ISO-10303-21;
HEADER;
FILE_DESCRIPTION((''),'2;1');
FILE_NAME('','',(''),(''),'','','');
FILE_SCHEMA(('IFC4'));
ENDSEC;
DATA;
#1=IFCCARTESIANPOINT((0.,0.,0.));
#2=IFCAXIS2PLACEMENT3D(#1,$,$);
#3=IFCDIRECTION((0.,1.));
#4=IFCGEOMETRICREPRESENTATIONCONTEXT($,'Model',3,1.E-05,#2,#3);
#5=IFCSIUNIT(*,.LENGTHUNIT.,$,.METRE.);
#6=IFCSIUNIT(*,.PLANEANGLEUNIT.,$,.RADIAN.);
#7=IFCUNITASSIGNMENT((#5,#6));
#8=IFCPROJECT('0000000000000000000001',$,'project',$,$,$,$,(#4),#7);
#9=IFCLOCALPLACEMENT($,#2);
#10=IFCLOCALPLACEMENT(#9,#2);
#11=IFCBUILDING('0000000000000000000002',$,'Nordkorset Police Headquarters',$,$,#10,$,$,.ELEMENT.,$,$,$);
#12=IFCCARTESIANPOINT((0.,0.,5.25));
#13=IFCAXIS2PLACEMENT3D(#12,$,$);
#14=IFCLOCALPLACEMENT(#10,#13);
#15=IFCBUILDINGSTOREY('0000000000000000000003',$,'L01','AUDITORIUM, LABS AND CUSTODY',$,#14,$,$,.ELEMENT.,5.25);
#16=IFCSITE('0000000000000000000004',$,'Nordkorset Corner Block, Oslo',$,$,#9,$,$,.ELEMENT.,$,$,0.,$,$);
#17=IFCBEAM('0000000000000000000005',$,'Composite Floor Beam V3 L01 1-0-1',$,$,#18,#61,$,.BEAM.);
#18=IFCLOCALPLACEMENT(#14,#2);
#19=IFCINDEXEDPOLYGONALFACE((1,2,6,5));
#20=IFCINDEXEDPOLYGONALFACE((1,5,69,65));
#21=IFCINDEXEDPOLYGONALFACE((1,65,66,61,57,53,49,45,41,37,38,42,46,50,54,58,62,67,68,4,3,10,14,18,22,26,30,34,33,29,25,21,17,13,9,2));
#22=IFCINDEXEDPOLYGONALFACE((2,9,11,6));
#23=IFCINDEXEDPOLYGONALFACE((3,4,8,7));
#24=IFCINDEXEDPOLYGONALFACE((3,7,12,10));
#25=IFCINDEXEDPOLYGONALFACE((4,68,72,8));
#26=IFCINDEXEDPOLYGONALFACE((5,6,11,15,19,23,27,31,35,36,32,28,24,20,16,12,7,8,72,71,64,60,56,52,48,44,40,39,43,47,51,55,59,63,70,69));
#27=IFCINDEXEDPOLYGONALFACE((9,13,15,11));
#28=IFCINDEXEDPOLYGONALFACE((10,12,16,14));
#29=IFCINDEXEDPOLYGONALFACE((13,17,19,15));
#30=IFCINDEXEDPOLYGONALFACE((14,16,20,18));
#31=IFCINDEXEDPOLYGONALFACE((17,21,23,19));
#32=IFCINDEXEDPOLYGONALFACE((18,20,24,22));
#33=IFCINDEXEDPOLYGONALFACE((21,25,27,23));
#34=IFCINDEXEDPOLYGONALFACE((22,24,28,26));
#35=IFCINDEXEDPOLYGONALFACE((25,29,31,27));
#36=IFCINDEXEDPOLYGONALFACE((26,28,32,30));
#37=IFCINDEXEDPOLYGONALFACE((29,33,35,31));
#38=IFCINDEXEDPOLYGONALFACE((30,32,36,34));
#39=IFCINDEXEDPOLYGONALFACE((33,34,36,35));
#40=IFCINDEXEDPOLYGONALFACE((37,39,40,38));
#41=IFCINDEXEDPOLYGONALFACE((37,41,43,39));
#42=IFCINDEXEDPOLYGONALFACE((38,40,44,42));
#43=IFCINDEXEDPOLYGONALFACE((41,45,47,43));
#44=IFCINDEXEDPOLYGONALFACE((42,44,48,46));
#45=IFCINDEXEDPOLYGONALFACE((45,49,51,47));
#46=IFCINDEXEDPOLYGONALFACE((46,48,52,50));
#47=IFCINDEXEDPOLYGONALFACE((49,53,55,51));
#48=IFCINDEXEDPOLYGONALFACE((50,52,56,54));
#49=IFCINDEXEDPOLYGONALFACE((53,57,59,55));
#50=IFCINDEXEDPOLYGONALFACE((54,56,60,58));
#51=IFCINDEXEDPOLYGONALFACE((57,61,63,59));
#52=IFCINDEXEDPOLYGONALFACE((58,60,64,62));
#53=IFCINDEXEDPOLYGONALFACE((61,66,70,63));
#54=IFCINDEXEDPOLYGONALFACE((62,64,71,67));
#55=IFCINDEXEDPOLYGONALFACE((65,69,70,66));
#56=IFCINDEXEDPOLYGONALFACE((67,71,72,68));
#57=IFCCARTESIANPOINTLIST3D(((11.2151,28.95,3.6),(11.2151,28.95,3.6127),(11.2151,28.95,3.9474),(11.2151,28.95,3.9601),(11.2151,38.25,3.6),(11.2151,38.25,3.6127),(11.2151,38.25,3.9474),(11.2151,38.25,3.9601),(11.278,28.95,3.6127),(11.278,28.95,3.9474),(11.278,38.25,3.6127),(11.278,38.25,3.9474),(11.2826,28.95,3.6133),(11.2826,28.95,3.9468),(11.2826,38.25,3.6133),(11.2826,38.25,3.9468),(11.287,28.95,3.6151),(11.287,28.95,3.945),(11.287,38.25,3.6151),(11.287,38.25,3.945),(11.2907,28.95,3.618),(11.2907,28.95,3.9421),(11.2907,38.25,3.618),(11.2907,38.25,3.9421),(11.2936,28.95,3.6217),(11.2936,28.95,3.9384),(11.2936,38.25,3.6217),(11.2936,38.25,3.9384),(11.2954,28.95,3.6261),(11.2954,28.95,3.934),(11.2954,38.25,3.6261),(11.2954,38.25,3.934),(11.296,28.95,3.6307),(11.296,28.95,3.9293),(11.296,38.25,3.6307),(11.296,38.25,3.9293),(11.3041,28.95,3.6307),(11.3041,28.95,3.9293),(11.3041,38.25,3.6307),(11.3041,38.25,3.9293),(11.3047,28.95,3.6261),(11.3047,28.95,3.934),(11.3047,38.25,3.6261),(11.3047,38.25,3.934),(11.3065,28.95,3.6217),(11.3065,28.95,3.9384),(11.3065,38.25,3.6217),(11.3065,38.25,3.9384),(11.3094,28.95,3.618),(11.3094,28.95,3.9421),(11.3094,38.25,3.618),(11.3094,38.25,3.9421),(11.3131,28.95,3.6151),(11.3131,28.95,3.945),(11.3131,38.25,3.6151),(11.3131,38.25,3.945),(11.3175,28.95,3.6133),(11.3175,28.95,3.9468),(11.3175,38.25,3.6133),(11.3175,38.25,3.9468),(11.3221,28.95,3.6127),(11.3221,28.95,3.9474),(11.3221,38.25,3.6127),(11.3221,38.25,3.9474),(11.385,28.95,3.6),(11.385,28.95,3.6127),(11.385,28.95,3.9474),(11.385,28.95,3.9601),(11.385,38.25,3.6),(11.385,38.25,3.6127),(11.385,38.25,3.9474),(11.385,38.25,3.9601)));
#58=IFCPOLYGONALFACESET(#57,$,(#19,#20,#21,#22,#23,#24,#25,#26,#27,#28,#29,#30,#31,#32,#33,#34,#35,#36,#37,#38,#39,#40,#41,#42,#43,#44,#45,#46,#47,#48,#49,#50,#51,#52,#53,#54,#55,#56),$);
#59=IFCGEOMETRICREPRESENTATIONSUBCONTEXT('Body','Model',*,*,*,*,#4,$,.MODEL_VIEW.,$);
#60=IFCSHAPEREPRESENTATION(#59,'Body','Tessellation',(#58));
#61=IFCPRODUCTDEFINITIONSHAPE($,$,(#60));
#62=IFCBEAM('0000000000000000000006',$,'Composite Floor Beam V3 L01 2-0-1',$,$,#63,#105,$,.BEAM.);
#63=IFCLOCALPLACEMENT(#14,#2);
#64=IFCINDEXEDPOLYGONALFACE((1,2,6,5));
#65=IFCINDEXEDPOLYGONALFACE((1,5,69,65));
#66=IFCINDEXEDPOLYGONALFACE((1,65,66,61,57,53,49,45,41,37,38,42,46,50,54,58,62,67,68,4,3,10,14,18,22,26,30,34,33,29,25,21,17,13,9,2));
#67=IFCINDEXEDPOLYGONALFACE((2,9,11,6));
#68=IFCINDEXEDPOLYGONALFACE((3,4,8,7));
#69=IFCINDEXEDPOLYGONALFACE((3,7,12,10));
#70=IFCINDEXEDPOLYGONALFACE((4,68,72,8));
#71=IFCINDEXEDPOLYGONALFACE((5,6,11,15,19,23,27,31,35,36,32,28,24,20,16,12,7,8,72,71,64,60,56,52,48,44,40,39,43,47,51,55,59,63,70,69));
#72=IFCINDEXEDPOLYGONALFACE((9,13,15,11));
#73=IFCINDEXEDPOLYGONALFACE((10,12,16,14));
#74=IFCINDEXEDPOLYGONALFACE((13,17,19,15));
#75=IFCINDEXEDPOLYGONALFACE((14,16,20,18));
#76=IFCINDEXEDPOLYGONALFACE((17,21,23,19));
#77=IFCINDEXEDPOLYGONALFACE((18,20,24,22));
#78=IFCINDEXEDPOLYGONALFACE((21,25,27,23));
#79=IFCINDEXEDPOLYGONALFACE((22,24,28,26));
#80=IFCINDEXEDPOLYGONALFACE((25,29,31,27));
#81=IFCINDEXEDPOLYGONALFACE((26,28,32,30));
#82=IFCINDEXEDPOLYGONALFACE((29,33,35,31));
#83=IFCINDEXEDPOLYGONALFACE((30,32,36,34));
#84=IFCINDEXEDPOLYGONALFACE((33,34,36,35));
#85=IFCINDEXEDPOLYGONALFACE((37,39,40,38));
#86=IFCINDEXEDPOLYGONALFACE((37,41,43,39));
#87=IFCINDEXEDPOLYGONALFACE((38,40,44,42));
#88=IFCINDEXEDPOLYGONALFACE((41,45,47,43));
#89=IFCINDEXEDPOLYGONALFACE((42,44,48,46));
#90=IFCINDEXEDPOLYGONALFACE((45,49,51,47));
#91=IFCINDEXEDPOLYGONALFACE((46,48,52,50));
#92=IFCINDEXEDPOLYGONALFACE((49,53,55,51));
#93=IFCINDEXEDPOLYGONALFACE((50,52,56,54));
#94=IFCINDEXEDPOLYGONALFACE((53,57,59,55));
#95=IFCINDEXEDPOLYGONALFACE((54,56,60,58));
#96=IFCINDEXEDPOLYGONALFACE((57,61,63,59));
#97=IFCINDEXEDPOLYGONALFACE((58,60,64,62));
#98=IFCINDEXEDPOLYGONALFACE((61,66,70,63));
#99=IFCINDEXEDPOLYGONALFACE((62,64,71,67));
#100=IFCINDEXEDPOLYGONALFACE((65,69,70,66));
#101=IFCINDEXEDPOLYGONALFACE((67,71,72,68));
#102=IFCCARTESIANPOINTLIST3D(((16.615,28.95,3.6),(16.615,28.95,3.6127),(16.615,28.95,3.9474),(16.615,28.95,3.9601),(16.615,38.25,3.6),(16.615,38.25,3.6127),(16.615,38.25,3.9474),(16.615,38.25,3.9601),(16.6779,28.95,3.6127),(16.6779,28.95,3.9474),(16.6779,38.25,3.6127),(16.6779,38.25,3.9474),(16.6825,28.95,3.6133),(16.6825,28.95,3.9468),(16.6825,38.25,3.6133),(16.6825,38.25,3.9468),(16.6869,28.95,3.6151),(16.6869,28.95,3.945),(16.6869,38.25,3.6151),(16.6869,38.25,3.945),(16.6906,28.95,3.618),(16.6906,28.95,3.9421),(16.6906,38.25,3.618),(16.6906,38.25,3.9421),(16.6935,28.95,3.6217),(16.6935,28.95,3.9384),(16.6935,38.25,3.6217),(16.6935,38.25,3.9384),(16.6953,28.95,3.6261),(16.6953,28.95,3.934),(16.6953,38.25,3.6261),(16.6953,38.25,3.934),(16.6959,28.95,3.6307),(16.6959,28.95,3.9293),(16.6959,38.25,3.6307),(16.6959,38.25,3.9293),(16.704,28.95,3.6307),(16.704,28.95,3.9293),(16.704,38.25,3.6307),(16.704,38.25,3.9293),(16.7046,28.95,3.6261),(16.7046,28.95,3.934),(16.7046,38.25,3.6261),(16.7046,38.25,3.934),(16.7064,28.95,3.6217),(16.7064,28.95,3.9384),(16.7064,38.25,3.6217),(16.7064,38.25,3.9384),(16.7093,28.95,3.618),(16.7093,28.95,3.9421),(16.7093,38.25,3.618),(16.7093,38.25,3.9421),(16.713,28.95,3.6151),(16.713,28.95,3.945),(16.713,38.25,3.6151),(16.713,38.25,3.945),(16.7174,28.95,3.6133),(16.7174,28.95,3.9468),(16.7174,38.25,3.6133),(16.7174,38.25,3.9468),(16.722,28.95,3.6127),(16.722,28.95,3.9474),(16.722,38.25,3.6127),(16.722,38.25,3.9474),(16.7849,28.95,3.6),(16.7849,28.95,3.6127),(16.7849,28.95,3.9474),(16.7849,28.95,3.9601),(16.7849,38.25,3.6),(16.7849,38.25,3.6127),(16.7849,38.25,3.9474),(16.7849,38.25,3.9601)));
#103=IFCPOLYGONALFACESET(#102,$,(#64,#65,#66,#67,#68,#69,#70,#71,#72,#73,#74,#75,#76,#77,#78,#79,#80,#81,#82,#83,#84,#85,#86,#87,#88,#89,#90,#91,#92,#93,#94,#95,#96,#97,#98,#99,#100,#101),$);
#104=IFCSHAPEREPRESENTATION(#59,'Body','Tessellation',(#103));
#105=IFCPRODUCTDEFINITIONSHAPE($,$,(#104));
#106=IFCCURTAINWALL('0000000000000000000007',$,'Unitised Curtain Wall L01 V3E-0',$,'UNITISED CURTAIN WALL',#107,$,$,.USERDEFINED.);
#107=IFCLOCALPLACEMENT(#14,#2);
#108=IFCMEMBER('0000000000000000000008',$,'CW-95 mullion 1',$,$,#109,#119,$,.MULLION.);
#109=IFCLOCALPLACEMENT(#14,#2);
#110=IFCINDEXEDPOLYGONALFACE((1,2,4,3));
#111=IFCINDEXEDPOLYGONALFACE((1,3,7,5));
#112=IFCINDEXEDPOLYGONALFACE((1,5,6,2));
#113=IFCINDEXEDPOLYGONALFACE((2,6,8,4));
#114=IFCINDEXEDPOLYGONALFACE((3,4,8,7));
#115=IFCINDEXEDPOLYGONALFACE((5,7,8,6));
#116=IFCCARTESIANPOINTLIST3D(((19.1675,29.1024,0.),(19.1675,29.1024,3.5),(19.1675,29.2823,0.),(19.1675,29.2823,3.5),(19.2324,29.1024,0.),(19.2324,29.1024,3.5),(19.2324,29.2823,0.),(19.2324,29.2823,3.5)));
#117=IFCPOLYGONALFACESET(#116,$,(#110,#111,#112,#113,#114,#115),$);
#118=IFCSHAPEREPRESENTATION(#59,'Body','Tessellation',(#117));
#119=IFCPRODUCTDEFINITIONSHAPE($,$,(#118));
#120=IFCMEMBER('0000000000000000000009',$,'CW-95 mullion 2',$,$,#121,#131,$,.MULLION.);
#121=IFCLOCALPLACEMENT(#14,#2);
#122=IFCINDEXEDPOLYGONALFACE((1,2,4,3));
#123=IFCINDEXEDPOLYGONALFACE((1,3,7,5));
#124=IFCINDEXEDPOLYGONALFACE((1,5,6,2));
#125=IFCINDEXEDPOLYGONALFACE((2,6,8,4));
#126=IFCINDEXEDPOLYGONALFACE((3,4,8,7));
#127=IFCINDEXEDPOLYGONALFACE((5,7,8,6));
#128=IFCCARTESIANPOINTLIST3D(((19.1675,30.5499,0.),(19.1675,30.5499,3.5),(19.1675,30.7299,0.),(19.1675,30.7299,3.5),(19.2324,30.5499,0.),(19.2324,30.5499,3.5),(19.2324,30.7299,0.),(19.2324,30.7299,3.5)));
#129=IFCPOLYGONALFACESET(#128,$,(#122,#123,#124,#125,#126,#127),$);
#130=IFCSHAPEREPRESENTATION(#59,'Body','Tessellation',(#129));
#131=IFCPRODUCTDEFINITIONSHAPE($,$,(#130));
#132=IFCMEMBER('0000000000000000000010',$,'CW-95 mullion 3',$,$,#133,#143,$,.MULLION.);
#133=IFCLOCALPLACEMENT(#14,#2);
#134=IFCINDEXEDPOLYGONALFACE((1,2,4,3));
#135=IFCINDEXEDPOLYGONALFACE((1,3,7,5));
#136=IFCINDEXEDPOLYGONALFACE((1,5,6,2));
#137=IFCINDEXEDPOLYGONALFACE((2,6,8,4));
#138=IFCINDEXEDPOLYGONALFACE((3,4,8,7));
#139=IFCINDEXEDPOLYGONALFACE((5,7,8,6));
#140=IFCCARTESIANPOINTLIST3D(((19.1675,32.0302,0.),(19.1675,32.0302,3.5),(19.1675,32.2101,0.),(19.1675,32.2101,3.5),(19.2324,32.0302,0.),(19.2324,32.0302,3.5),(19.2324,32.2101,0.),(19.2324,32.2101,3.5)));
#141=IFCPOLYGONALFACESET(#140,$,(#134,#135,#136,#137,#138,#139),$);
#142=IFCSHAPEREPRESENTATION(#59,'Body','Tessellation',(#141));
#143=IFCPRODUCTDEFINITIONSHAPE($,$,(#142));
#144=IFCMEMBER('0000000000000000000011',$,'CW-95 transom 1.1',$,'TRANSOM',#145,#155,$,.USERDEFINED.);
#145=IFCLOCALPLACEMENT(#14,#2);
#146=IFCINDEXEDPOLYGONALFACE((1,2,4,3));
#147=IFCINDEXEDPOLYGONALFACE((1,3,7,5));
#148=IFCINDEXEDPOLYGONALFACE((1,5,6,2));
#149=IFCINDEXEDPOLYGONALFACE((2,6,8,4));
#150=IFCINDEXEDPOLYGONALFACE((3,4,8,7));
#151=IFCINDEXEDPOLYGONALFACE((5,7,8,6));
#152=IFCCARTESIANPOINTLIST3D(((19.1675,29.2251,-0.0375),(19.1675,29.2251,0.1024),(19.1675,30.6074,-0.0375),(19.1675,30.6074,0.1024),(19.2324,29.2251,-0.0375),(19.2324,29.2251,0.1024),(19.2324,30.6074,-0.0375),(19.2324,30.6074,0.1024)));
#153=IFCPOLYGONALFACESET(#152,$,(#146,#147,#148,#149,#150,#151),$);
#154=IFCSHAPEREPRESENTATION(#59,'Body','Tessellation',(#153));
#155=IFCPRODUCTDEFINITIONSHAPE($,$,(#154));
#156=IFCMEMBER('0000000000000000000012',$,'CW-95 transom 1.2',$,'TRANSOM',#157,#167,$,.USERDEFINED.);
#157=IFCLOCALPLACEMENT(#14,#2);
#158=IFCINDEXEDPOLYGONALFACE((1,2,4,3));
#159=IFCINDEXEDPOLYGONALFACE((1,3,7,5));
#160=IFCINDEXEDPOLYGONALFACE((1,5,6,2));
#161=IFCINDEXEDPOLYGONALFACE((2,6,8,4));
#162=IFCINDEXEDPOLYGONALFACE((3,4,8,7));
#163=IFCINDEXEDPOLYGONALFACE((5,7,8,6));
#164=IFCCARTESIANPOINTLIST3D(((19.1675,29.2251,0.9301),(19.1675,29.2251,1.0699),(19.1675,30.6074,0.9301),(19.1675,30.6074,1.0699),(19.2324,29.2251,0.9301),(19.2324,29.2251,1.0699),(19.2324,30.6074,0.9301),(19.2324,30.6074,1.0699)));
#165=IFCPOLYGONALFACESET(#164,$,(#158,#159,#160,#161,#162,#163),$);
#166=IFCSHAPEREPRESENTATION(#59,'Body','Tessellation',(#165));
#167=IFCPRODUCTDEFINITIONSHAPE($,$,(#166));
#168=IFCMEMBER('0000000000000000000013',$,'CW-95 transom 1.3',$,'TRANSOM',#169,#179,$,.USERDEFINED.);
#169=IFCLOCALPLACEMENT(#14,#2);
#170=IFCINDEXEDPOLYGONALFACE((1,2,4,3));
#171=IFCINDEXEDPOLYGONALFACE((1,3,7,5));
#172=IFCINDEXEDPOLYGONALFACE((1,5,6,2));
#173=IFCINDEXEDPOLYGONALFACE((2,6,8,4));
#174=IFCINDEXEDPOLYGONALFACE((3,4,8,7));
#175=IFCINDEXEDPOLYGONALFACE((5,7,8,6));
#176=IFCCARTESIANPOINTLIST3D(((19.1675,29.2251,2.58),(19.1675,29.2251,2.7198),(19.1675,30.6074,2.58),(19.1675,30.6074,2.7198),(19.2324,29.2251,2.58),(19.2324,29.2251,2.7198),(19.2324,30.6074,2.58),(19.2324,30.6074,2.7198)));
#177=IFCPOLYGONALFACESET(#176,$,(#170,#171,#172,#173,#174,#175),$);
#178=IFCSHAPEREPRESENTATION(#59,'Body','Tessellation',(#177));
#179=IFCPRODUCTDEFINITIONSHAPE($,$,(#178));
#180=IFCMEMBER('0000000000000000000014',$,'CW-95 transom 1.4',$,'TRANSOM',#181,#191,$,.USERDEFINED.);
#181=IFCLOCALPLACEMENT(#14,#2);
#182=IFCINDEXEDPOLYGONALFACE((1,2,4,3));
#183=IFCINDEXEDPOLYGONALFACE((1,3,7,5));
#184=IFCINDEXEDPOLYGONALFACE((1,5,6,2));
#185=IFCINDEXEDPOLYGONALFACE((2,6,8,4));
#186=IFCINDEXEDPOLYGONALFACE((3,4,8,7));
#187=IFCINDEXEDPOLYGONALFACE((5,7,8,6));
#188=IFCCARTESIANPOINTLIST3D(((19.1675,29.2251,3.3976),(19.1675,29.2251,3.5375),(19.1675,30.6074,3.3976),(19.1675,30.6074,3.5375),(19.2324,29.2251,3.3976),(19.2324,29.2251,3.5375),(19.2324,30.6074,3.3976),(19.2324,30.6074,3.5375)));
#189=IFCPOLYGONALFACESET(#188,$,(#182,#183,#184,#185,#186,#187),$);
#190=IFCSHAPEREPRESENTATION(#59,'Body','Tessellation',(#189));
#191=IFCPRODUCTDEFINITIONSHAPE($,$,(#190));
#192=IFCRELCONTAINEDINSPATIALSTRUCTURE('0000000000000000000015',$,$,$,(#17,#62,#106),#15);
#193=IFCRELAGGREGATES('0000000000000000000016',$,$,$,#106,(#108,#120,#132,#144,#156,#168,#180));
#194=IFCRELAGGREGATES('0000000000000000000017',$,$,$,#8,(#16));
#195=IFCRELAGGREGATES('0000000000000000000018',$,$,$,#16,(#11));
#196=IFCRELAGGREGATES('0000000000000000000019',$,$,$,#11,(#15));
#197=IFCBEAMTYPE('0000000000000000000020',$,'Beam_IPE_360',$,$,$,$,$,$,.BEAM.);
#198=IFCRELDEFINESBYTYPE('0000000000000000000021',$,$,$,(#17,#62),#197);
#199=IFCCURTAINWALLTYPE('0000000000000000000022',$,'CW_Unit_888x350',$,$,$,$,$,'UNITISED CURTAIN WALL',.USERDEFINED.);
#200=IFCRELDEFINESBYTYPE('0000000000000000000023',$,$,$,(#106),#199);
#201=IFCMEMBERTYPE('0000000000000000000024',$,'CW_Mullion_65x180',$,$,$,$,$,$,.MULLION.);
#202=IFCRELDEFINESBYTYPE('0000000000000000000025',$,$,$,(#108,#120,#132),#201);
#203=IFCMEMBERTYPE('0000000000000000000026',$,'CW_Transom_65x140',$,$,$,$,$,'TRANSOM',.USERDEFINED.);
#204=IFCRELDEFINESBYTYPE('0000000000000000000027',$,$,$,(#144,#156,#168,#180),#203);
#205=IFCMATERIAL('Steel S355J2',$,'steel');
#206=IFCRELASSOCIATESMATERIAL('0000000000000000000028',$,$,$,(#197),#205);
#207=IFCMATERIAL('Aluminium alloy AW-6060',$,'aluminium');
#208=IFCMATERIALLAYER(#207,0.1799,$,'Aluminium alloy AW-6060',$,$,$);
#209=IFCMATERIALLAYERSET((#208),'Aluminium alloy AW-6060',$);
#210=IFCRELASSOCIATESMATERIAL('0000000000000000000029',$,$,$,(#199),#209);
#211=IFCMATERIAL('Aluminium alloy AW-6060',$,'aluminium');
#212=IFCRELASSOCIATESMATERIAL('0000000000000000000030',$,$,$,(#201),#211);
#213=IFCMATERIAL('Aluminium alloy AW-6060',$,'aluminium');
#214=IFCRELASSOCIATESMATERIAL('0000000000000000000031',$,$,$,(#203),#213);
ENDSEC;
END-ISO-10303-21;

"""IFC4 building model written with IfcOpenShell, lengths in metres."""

from ifc_helpers import new_model, si_unit, direction, frame, origin, origin_2d, place, context, subcontext, project, spatial, rectangle, i_section, extrude, material, layer, layer_set, material_profile, profile_set, type_object, element, aggregate, save


model = new_model("IFC4")

# Units and contexts
model_context = context("Model", 3, precision=1e-05, world=origin(), true_north=direction((0.0, 1.0)))
body_context = subcontext(model_context, "Body", "Model", "MODEL_VIEW")
ifc_project = project(units=[si_unit("LENGTHUNIT", "METRE"), si_unit("PLANEANGLEUNIT", "RADIAN")], contexts=[model_context])

# Site, building, storey
site_placement = place(None, origin())
site = spatial("IfcSite", under=ifc_project, at=site_placement, Name="Nordkorset Corner Block, Oslo", CompositionType="ELEMENT", RefElevation=0.0)
building_placement = place(site_placement, origin())
building = spatial("IfcBuilding", under=site, at=building_placement, Name="Nordkorset Police Headquarters", CompositionType="ELEMENT")
storey_placement = place(building_placement, frame((0.0, 0.0, 5.25)))
storey = spatial("IfcBuildingStorey", under=building, at=storey_placement, Name="L01", Description="AUDITORIUM, LABS AND CUSTODY", CompositionType="ELEMENT", Elevation=5.25)

# Beams
ifc_material_1 = material(Name="Steel S355J2", Category="steel")
ifc_material_profile_1 = material_profile(ifc_material_1, i_section(OverallWidth=0.1699, OverallDepth=0.3601, WebThickness=0.0081, FlangeThickness=0.0127, FilletRadius=0.0181, at=origin_2d()), Name="IPE 360")
ifc_profile_set_1 = profile_set([ifc_material_profile_1], Name="Steel S355J2")
beam_type_1 = type_object("IfcBeamType", Name="Beam_IPE_360", PredefinedType="BEAM", material=ifc_profile_set_1)
for number, where, z_axis, x_axis, name in (
    (1, (11.3, 28.95, 3.78), (0.0, 1.0, 0.0), (-1.0, 0.0, 0.0), "Composite Floor Beam V3 L01 1-0-1"),
    (2, (16.7, 28.95, 3.78), (0.0, 1.0, 0.0), (-1.0, 0.0, 0.0), "Composite Floor Beam V3 L01 2-0-1"),
):
    element("IfcBeam", number, at=place(storey_placement, frame(where, z_axis=z_axis, x_axis=x_axis)), inside=storey, type_object=beam_type_1, Name=name, PredefinedType="BEAM", context=body_context, shape_type="SweptSolid", body=[
        extrude(i_section(OverallWidth=0.1699, OverallDepth=0.3601, WebThickness=0.0081, FlangeThickness=0.0127, FilletRadius=0.0181, at=origin_2d()), origin(), (0.0, 0.0, 1.0), 9.3),
    ])

# Curtain wall, members
ifc_material_2 = material(Name="Aluminium alloy AW-6060", Category="aluminium")
ifc_layer_1 = layer(ifc_material_2, 0.1799, Name="Aluminium alloy AW-6060")
ifc_layer_set_1 = layer_set([ifc_layer_1], Name="Aluminium alloy AW-6060")
curtain_wall_type = type_object("IfcCurtainWallType", Name="CW_Unit_888x350", ElementType="UNITISED CURTAIN WALL", PredefinedType="USERDEFINED", material=ifc_layer_set_1)
curtain_wall_placement = place(storey_placement, origin())
curtain_wall = element("IfcCurtainWall", 3, at=curtain_wall_placement, inside=storey, type_object=curtain_wall_type, Name="Unitised Curtain Wall L01 V3E-0", ObjectType="UNITISED CURTAIN WALL", PredefinedType="USERDEFINED")
ifc_material_3 = material(Name="Aluminium alloy AW-6060", Category="aluminium")
ifc_material_profile_2 = material_profile(ifc_material_3, rectangle(XDim=0.0649, YDim=0.1799, at=origin_2d()), Name="ALU MULL 65x180")
ifc_profile_set_2 = profile_set([ifc_material_profile_2], Name="Aluminium alloy AW-6060")
member_type_1 = type_object("IfcMemberType", Name="CW_Mullion_65x180", PredefinedType="MULLION", material=ifc_profile_set_2)
member_1_placement = place(storey_placement, frame((19.2, 29.1924, 0.0), z_axis=(0.0, 0.0, 1.0), x_axis=(-1.0, 0.0, 0.0)))
member_1 = element("IfcMember", 4, at=member_1_placement, type_object=member_type_1, Name="CW-95 mullion 1", PredefinedType="MULLION", context=body_context, shape_type="SweptSolid", body=[
    extrude(rectangle(XDim=0.0649, YDim=0.1799, at=origin_2d()), origin(), (0.0, 0.0, 1.0), 3.5),
])
member_2_placement = place(storey_placement, frame((19.2, 30.6399, 0.0), z_axis=(0.0, 0.0, 1.0), x_axis=(-1.0, 0.0, 0.0)))
member_2 = element("IfcMember", 5, at=member_2_placement, type_object=member_type_1, Name="CW-95 mullion 2", PredefinedType="MULLION", context=body_context, shape_type="SweptSolid", body=[
    extrude(rectangle(XDim=0.0649, YDim=0.1799, at=origin_2d()), origin(), (0.0, 0.0, 1.0), 3.5),
])
member_3_placement = place(storey_placement, frame((19.2, 32.1201, 0.0), z_axis=(0.0, 0.0, 1.0), x_axis=(-1.0, 0.0, 0.0)))
member_3 = element("IfcMember", 6, at=member_3_placement, type_object=member_type_1, Name="CW-95 mullion 3", PredefinedType="MULLION", context=body_context, shape_type="SweptSolid", body=[
    extrude(rectangle(XDim=0.0649, YDim=0.1799, at=origin_2d()), origin(), (0.0, 0.0, 1.0), 3.5),
])
ifc_material_4 = material(Name="Aluminium alloy AW-6060", Category="aluminium")
ifc_material_profile_3 = material_profile(ifc_material_4, rectangle(XDim=0.0649, YDim=0.1399, at=origin_2d()), Name="ALU TRAN 65x140")
ifc_profile_set_3 = profile_set([ifc_material_profile_3], Name="Aluminium alloy AW-6060")
member_type_2 = type_object("IfcMemberType", Name="CW_Transom_65x140", ElementType="TRANSOM", PredefinedType="USERDEFINED", material=ifc_profile_set_3)
member_4_placement = place(storey_placement, frame((19.2, 29.2251, 0.0325), z_axis=(0.0, 1.0, 0.0), x_axis=(-1.0, 0.0, 0.0)))
member_4 = element("IfcMember", 7, at=member_4_placement, type_object=member_type_2, Name="CW-95 transom 1.1", ObjectType="TRANSOM", PredefinedType="USERDEFINED", context=body_context, shape_type="SweptSolid", body=[
    extrude(rectangle(XDim=0.0649, YDim=0.1399, at=origin_2d()), origin(), (0.0, 0.0, 1.0), 1.3823),
])
member_5_placement = place(storey_placement, frame((19.2, 29.2251, 1.0), z_axis=(0.0, 1.0, 0.0), x_axis=(-1.0, 0.0, 0.0)))
member_5 = element("IfcMember", 8, at=member_5_placement, type_object=member_type_2, Name="CW-95 transom 1.2", ObjectType="TRANSOM", PredefinedType="USERDEFINED", context=body_context, shape_type="SweptSolid", body=[
    extrude(rectangle(XDim=0.0649, YDim=0.1399, at=origin_2d()), origin(), (0.0, 0.0, 1.0), 1.3823),
])
member_6_placement = place(storey_placement, frame((19.2, 29.2251, 2.6499), z_axis=(0.0, 1.0, 0.0), x_axis=(-1.0, 0.0, 0.0)))
member_6 = element("IfcMember", 9, at=member_6_placement, type_object=member_type_2, Name="CW-95 transom 1.3", ObjectType="TRANSOM", PredefinedType="USERDEFINED", context=body_context, shape_type="SweptSolid", body=[
    extrude(rectangle(XDim=0.0649, YDim=0.1399, at=origin_2d()), origin(), (0.0, 0.0, 1.0), 1.3823),
])
member_7_placement = place(storey_placement, frame((19.2, 29.2251, 3.4675), z_axis=(0.0, 1.0, 0.0), x_axis=(-1.0, 0.0, 0.0)))
member_7 = element("IfcMember", 10, at=member_7_placement, type_object=member_type_2, Name="CW-95 transom 1.4", ObjectType="TRANSOM", PredefinedType="USERDEFINED", context=body_context, shape_type="SweptSolid", body=[
    extrude(rectangle(XDim=0.0649, YDim=0.1399, at=origin_2d()), origin(), (0.0, 0.0, 1.0), 1.3823),
])

aggregate(curtain_wall, [member_1, member_2, member_3, member_4, member_5, member_6, member_7])

save(model, "model.ifc")
